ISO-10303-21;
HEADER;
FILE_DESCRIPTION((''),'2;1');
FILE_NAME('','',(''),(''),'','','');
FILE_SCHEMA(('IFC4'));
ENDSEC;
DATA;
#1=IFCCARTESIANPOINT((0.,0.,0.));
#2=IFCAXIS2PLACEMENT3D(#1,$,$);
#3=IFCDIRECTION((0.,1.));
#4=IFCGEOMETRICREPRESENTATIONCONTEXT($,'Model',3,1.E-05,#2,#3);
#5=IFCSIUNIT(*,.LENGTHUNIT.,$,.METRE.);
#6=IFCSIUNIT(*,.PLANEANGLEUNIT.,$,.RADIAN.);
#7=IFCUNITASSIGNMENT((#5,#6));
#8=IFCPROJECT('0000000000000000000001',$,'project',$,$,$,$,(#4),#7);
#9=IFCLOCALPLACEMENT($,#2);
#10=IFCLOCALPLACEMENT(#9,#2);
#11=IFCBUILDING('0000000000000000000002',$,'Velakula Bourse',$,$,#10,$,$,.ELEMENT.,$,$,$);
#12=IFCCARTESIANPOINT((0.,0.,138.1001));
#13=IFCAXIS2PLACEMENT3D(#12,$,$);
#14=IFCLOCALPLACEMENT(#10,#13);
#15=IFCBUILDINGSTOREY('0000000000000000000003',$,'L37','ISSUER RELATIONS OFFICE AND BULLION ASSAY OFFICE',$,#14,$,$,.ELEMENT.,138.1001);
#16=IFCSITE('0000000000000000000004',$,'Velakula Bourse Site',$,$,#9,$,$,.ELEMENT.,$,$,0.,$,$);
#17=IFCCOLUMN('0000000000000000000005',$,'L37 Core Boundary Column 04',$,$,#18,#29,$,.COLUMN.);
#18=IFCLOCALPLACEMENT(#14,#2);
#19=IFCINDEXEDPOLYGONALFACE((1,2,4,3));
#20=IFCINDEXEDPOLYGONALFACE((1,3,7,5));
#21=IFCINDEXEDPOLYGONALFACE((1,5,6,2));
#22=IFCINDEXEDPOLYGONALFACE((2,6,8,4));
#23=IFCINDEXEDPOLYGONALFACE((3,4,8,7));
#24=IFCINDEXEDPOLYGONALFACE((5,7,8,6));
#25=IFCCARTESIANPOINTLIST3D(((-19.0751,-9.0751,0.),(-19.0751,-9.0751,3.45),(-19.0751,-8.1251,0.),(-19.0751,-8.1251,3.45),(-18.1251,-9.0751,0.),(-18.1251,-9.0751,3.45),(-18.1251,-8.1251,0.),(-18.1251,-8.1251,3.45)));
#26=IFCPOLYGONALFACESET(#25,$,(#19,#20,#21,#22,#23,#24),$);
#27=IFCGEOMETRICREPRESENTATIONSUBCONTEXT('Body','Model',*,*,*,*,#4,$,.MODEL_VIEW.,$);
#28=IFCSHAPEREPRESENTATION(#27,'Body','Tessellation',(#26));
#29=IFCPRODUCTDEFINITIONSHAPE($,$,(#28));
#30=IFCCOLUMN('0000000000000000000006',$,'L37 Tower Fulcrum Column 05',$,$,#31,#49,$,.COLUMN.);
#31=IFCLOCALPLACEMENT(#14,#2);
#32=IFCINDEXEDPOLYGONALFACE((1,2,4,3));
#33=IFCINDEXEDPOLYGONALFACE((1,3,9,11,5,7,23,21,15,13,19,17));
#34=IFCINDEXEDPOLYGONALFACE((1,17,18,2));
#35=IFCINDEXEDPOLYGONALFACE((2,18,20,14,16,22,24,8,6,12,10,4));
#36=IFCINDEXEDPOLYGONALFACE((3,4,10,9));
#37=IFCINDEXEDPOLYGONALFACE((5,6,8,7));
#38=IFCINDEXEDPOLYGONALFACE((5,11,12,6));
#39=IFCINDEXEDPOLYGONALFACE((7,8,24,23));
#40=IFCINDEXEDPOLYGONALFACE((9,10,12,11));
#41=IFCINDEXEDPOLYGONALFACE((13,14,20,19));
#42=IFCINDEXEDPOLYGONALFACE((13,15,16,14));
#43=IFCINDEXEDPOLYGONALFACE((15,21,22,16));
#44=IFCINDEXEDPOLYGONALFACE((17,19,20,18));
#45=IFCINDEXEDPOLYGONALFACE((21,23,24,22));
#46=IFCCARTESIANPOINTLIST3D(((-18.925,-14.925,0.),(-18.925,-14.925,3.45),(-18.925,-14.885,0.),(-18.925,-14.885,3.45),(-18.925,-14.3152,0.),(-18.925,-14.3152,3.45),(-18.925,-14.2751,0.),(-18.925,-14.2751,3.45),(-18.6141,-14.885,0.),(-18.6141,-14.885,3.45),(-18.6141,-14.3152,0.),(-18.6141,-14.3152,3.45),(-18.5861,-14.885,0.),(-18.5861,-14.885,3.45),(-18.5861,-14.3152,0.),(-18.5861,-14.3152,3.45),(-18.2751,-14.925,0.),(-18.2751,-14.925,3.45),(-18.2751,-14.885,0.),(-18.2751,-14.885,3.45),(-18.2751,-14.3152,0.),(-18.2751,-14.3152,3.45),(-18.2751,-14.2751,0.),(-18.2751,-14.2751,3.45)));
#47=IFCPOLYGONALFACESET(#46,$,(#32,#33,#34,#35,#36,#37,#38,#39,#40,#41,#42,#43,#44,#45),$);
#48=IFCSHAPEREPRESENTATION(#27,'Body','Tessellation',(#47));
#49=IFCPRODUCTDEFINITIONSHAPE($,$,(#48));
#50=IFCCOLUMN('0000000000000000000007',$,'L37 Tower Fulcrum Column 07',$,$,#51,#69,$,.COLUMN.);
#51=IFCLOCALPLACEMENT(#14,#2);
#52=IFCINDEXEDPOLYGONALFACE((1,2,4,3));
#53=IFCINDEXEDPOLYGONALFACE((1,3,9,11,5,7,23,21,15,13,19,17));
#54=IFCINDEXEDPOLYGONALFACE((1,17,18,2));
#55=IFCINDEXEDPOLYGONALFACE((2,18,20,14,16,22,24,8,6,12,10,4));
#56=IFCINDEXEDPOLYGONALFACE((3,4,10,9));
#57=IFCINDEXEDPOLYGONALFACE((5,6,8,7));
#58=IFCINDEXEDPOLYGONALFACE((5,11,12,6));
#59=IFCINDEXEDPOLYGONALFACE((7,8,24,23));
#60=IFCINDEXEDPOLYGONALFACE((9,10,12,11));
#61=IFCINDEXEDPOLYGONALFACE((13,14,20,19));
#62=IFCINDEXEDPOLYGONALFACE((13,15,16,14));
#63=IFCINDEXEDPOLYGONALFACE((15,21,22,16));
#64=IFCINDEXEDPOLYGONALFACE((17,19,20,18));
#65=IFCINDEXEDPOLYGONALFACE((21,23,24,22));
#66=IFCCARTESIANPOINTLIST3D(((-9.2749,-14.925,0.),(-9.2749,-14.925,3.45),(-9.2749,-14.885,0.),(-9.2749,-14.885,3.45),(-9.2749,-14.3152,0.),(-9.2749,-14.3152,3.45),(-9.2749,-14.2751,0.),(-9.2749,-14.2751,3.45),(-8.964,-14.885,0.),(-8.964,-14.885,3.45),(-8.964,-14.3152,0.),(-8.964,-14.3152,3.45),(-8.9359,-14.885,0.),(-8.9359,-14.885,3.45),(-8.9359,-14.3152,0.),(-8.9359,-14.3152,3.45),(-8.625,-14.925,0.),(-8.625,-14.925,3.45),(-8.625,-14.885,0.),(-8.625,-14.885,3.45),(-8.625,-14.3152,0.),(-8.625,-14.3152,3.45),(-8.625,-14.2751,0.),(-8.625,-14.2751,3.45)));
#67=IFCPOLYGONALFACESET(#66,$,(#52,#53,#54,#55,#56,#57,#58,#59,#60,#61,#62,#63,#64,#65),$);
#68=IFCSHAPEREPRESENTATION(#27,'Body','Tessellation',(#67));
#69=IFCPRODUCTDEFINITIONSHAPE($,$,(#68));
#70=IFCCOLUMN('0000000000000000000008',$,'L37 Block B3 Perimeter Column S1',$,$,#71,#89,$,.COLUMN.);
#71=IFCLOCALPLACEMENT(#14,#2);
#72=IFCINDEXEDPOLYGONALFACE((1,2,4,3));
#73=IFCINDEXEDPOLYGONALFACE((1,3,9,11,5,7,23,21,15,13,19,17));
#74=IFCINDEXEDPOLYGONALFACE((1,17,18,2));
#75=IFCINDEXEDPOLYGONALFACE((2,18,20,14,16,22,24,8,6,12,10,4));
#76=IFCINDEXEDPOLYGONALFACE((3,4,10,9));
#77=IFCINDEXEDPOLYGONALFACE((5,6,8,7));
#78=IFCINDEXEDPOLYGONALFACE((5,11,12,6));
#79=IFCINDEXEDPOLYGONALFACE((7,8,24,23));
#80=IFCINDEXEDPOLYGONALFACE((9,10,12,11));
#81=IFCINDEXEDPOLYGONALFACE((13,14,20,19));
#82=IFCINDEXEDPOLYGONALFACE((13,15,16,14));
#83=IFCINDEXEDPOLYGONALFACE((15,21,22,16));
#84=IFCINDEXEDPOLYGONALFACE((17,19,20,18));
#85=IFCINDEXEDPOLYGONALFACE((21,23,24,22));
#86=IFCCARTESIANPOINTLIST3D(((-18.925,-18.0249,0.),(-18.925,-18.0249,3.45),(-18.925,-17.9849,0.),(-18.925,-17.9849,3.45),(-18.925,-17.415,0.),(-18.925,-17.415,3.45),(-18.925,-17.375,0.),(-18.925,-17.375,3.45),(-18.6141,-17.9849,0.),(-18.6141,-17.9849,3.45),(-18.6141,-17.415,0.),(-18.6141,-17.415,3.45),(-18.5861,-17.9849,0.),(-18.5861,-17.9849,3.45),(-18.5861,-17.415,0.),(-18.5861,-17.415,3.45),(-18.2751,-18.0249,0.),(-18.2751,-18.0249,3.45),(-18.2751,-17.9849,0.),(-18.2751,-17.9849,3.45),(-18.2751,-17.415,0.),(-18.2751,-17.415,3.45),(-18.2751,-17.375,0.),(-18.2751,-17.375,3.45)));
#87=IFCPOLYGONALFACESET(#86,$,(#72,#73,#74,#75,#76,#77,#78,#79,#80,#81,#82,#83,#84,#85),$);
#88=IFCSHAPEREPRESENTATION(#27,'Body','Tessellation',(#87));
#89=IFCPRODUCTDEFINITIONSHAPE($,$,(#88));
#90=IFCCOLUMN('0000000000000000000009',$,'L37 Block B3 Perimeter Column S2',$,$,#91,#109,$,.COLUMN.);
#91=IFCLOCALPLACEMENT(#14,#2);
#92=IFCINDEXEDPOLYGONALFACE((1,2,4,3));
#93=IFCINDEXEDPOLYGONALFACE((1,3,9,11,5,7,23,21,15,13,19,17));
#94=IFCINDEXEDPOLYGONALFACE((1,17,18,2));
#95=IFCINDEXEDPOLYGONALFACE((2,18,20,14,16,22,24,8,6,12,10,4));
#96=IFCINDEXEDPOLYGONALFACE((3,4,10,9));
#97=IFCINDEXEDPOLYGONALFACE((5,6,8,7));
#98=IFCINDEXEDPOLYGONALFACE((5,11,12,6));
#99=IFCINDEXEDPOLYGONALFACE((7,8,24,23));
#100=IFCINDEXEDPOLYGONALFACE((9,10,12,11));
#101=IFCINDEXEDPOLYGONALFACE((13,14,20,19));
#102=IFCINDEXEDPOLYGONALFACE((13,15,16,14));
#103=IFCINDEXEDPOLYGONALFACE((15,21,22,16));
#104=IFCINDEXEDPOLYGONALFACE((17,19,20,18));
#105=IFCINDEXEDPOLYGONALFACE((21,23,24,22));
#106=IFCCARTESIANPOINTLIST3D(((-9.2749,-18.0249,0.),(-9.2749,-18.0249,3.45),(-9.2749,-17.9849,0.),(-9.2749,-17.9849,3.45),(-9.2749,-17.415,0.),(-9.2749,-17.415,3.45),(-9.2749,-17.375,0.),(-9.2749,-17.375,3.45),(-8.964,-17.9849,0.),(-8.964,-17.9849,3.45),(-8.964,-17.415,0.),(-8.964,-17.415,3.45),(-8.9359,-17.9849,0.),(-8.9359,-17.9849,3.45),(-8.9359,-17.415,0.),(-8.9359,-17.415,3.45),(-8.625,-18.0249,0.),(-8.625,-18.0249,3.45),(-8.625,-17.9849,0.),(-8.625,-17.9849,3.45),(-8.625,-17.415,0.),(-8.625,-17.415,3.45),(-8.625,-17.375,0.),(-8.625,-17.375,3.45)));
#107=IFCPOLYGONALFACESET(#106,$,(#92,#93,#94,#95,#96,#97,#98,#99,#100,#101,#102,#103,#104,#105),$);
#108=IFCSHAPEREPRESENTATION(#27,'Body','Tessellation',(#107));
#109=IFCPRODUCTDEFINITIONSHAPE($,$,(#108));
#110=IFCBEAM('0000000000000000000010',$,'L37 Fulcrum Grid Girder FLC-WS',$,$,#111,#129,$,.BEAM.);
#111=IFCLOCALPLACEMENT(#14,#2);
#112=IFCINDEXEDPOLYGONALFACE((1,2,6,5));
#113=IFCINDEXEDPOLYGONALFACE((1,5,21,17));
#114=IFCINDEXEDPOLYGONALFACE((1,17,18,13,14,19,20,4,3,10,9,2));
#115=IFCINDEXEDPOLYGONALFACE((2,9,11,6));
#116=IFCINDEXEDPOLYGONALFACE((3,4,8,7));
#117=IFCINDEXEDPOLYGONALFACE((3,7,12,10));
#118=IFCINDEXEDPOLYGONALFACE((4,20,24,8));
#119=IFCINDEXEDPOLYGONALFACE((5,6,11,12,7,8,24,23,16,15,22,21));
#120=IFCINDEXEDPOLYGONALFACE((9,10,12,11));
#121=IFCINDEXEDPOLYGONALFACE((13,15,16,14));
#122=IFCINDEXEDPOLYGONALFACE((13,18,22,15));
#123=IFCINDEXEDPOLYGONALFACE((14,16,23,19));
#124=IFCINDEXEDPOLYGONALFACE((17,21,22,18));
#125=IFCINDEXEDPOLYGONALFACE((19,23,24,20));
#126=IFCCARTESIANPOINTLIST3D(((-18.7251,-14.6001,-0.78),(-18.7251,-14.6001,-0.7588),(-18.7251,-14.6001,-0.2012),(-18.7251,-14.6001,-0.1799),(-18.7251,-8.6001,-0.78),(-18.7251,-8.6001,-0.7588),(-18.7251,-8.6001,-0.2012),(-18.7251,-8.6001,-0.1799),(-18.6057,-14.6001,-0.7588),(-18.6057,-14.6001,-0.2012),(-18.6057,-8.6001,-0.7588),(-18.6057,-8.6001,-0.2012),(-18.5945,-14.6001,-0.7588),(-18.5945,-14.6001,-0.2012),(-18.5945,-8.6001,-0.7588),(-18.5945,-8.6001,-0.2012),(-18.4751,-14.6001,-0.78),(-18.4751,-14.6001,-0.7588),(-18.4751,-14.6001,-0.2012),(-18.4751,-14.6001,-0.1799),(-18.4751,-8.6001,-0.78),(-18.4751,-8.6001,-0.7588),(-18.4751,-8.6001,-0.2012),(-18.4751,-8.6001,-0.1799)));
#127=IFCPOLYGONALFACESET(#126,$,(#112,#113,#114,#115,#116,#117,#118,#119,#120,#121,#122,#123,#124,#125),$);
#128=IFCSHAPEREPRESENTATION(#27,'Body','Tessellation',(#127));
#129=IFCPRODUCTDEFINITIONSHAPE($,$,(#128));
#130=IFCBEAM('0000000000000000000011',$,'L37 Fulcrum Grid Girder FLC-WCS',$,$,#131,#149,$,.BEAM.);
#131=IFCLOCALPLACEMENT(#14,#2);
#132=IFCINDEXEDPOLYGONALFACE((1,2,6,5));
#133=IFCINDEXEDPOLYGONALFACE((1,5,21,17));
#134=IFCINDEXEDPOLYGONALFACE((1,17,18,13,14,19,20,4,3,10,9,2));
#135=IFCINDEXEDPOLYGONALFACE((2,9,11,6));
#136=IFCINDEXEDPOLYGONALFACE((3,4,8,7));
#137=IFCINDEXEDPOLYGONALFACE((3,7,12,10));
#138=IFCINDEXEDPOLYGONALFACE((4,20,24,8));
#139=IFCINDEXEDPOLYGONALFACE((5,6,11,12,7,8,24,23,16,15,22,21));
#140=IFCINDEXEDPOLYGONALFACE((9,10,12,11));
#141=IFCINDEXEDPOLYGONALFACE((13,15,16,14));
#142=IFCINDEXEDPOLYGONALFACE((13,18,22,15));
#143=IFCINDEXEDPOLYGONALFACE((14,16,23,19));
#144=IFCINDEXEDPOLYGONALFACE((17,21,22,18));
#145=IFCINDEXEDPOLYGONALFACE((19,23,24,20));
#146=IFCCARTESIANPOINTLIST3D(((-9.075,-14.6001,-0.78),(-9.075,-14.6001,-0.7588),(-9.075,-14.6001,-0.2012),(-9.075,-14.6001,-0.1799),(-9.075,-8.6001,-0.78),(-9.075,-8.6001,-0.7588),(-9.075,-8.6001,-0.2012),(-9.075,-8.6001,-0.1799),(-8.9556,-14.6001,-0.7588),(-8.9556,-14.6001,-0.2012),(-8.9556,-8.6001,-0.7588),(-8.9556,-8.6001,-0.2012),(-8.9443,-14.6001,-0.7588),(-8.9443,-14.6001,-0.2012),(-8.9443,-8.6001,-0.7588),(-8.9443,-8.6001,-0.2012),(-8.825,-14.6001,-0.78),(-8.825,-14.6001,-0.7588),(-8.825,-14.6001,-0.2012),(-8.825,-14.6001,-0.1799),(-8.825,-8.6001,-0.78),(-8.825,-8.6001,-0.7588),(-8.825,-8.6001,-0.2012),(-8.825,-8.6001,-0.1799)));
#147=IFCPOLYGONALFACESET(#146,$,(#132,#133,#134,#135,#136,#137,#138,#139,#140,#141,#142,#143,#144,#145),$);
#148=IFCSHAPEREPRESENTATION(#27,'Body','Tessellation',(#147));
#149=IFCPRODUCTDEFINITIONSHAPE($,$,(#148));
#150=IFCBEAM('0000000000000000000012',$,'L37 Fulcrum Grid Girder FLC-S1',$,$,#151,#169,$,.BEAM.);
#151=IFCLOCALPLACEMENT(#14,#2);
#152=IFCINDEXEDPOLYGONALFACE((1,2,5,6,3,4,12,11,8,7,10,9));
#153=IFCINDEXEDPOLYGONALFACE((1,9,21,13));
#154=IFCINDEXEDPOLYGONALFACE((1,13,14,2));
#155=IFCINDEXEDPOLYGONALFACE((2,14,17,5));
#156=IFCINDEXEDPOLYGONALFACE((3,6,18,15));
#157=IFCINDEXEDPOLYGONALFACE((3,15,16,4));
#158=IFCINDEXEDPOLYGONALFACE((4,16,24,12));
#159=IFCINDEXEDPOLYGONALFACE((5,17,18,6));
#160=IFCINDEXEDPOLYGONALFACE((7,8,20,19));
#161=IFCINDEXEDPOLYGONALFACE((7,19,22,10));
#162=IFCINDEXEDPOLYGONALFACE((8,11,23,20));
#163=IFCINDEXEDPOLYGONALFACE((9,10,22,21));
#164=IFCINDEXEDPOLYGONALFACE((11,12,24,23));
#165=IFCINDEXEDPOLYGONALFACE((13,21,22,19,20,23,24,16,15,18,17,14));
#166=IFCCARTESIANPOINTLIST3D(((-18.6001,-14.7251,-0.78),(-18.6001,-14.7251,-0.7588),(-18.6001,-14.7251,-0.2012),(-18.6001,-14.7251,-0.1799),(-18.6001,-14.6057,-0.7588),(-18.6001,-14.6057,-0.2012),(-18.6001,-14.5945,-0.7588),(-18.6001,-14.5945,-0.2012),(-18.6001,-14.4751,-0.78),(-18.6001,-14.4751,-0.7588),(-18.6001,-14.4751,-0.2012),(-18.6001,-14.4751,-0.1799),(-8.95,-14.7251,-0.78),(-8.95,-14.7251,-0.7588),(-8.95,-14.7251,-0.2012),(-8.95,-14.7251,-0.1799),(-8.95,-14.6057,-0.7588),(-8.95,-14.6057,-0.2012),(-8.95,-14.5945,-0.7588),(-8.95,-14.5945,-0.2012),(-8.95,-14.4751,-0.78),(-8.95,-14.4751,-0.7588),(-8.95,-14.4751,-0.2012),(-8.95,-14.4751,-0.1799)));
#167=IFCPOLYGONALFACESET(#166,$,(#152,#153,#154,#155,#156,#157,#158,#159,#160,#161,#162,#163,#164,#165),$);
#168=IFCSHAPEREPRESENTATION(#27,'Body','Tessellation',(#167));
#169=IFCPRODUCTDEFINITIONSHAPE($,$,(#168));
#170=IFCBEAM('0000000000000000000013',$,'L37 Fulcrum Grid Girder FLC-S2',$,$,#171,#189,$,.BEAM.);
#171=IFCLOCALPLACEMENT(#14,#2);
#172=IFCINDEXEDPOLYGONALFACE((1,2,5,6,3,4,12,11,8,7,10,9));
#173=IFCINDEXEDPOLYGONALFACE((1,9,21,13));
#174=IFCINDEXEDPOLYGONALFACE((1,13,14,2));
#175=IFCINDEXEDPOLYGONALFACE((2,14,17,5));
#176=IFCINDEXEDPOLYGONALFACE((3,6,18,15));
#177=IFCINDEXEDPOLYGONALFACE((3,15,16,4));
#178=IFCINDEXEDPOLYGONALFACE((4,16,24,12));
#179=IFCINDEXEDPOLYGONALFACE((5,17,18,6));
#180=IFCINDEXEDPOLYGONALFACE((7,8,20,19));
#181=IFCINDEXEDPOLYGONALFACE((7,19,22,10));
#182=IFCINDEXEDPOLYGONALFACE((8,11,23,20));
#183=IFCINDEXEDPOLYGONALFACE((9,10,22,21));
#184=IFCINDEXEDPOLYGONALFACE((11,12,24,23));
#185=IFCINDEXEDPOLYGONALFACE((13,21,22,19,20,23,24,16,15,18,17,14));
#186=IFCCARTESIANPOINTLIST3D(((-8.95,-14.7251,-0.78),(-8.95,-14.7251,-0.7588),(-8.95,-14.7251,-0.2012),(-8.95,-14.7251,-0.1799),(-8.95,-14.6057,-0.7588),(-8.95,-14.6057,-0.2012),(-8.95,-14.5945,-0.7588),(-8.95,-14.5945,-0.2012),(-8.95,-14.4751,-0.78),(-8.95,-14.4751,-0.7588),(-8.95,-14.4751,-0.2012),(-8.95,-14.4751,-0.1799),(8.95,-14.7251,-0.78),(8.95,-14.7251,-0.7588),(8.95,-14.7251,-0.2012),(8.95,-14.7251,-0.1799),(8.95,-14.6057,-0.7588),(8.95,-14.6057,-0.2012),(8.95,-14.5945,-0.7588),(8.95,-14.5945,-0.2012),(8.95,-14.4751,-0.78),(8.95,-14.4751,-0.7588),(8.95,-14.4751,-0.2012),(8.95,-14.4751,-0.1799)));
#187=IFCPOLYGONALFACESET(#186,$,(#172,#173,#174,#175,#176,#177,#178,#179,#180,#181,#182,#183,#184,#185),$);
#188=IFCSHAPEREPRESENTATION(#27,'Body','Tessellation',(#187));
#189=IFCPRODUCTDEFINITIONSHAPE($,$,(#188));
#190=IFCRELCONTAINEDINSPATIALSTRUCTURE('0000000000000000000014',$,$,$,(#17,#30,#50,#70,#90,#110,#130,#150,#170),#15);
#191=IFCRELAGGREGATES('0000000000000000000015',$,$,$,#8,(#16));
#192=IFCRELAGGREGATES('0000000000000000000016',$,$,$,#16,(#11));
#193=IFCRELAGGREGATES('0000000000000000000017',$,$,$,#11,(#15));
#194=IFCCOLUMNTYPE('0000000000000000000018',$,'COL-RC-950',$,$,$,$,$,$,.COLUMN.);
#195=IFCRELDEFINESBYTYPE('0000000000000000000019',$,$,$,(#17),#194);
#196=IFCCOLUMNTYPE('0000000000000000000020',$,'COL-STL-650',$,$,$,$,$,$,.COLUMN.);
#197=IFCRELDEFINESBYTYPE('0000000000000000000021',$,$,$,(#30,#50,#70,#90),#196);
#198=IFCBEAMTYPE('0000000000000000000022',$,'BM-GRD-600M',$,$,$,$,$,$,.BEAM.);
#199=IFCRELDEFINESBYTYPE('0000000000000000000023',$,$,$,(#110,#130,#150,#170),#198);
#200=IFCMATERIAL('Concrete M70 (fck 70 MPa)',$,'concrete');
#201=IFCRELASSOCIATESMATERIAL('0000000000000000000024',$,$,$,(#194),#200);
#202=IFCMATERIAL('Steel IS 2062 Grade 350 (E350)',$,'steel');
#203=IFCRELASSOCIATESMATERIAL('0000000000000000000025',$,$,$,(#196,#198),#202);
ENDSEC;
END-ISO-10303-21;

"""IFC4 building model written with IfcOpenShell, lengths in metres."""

from ifc_helpers import new_model, si_unit, direction, frame, origin, origin_2d, place, context, subcontext, project, spatial, rectangle, i_section, extrude, material, material_profile, profile_set, type_object, element, save


model = new_model("IFC4")

# Units and contexts
model_context = context("Model", 3, precision=1e-05, world=origin(), true_north=direction((0.0, 1.0)))
body_context = subcontext(model_context, "Body", "Model", "MODEL_VIEW")
ifc_project = project(units=[si_unit("LENGTHUNIT", "METRE"), si_unit("PLANEANGLEUNIT", "RADIAN")], contexts=[model_context])

# Site, building, storey
site_placement = place(None, origin())
site = spatial("IfcSite", under=ifc_project, at=site_placement, Name="Velakula Bourse Site", CompositionType="ELEMENT", RefElevation=0.0)
building_placement = place(site_placement, origin())
building = spatial("IfcBuilding", under=site, at=building_placement, Name="Velakula Bourse", CompositionType="ELEMENT")
storey_placement = place(building_placement, frame((0.0, 0.0, 138.1001)))
storey = spatial("IfcBuildingStorey", under=building, at=storey_placement, Name="L37", Description="ISSUER RELATIONS OFFICE AND BULLION ASSAY OFFICE", CompositionType="ELEMENT", Elevation=138.1001)

# Columns
ifc_material_1 = material(Name="Concrete M70 (fck 70 MPa)", Category="concrete")
ifc_material_profile_1 = material_profile(ifc_material_1, rectangle(XDim=0.95, YDim=0.95, at=origin_2d()), Name="Concrete M70 (fck 70 MPa)")
ifc_profile_set_1 = profile_set([ifc_material_profile_1], Name="Concrete M70 (fck 70 MPa)")
column_type_1 = type_object("IfcColumnType", Name="COL-RC-950", PredefinedType="COLUMN", material=ifc_profile_set_1)
column_placement = place(storey_placement, frame((-18.6001, -8.6001, 0.0), z_axis=(0.0, 0.0, 1.0), x_axis=(1.0, 0.0, 0.0)))
element("IfcColumn", 1, at=column_placement, inside=storey, type_object=column_type_1, Name="L37 Core Boundary Column 04", PredefinedType="COLUMN", context=body_context, shape_type="SweptSolid", body=[
    extrude(rectangle(XDim=0.95, YDim=0.95, at=origin_2d()), origin(), (0.0, 0.0, 1.0), 3.45),
])
ifc_material_2 = material(Name="Steel IS 2062 Grade 350 (E350)", Category="steel")
ifc_material_profile_2 = material_profile(ifc_material_2, i_section(OverallWidth=0.6499, OverallDepth=0.6499, WebThickness=0.0281, FlangeThickness=0.04, at=origin_2d()), Name="Steel IS 2062 Grade 350 (E350)")
ifc_profile_set_2 = profile_set([ifc_material_profile_2], Name="Steel IS 2062 Grade 350 (E350)")
column_type_2 = type_object("IfcColumnType", Name="COL-STL-650", PredefinedType="COLUMN", material=ifc_profile_set_2)
for number, where, z_axis, x_axis, name in (
    (2, (-18.6001, -14.6001, 0.0), (0.0, 0.0, 1.0), (1.0, 0.0, 0.0), "L37 Tower Fulcrum Column 05"),
    (3, (-8.95, -14.6001, 0.0), (0.0, 0.0, 1.0), (1.0, 0.0, 0.0), "L37 Tower Fulcrum Column 07"),
    (4, (-18.6001, -17.7, 0.0), (0.0, 0.0, 1.0), (1.0, 0.0, 0.0), "L37 Block B3 Perimeter Column S1"),
    (5, (-8.95, -17.7, 0.0), (0.0, 0.0, 1.0), (1.0, 0.0, 0.0), "L37 Block B3 Perimeter Column S2"),
):
    element("IfcColumn", number, at=place(storey_placement, frame(where, z_axis=z_axis, x_axis=x_axis)), inside=storey, type_object=column_type_2, Name=name, PredefinedType="COLUMN", context=body_context, shape_type="SweptSolid", body=[
        extrude(i_section(OverallWidth=0.6499, OverallDepth=0.6499, WebThickness=0.0281, FlangeThickness=0.04, at=origin_2d()), origin(), (0.0, 0.0, 1.0), 3.45),
    ])

# Beams
ifc_material_profile_3 = material_profile(ifc_material_2, i_section(OverallWidth=0.25, OverallDepth=0.6001, WebThickness=0.0112, FlangeThickness=0.0212, at=origin_2d()), Name="Steel IS 2062 Grade 350 (E350)")
ifc_profile_set_3 = profile_set([ifc_material_profile_3], Name="Steel IS 2062 Grade 350 (E350)")
beam_type_1 = type_object("IfcBeamType", Name="BM-GRD-600M", PredefinedType="BEAM", material=ifc_profile_set_3)
for number, where, z_axis, x_axis, name in (
    (6, (-18.6001, -14.6001, -0.48), (0.0, 1.0, 0.0), (-1.0, 0.0, 0.0), "L37 Fulcrum Grid Girder FLC-WS"),
    (7, (-8.95, -14.6001, -0.48), (0.0, 1.0, 0.0), (-1.0, 0.0, 0.0), "L37 Fulcrum Grid Girder FLC-WCS"),
):
    element("IfcBeam", number, at=place(storey_placement, frame(where, z_axis=z_axis, x_axis=x_axis)), inside=storey, type_object=beam_type_1, Name=name, PredefinedType="BEAM", context=body_context, shape_type="SweptSolid", body=[
        extrude(i_section(OverallWidth=0.25, OverallDepth=0.6001, WebThickness=0.0112, FlangeThickness=0.0212, at=origin_2d()), origin(), (0.0, 0.0, 1.0), 6.0),
    ])
beam_1_placement = place(storey_placement, frame((-18.6001, -14.6001, -0.48), z_axis=(1.0, 0.0, 0.0), x_axis=(0.0, 1.0, 0.0)))
element("IfcBeam", 8, at=beam_1_placement, inside=storey, type_object=beam_type_1, Name="L37 Fulcrum Grid Girder FLC-S1", PredefinedType="BEAM", context=body_context, shape_type="SweptSolid", body=[
    extrude(i_section(OverallWidth=0.25, OverallDepth=0.6001, WebThickness=0.0112, FlangeThickness=0.0212, at=origin_2d()), origin(), (0.0, 0.0, 1.0), 9.6501),
])
beam_2_placement = place(storey_placement, frame((-8.95, -14.6001, -0.48), z_axis=(1.0, 0.0, 0.0), x_axis=(0.0, 1.0, 0.0)))
element("IfcBeam", 9, at=beam_2_placement, inside=storey, type_object=beam_type_1, Name="L37 Fulcrum Grid Girder FLC-S2", PredefinedType="BEAM", context=body_context, shape_type="SweptSolid", body=[
    extrude(i_section(OverallWidth=0.25, OverallDepth=0.6001, WebThickness=0.0112, FlangeThickness=0.0212, at=origin_2d()), origin(), (0.0, 0.0, 1.0), 17.8999),
])

save(model, "model.ifc")
